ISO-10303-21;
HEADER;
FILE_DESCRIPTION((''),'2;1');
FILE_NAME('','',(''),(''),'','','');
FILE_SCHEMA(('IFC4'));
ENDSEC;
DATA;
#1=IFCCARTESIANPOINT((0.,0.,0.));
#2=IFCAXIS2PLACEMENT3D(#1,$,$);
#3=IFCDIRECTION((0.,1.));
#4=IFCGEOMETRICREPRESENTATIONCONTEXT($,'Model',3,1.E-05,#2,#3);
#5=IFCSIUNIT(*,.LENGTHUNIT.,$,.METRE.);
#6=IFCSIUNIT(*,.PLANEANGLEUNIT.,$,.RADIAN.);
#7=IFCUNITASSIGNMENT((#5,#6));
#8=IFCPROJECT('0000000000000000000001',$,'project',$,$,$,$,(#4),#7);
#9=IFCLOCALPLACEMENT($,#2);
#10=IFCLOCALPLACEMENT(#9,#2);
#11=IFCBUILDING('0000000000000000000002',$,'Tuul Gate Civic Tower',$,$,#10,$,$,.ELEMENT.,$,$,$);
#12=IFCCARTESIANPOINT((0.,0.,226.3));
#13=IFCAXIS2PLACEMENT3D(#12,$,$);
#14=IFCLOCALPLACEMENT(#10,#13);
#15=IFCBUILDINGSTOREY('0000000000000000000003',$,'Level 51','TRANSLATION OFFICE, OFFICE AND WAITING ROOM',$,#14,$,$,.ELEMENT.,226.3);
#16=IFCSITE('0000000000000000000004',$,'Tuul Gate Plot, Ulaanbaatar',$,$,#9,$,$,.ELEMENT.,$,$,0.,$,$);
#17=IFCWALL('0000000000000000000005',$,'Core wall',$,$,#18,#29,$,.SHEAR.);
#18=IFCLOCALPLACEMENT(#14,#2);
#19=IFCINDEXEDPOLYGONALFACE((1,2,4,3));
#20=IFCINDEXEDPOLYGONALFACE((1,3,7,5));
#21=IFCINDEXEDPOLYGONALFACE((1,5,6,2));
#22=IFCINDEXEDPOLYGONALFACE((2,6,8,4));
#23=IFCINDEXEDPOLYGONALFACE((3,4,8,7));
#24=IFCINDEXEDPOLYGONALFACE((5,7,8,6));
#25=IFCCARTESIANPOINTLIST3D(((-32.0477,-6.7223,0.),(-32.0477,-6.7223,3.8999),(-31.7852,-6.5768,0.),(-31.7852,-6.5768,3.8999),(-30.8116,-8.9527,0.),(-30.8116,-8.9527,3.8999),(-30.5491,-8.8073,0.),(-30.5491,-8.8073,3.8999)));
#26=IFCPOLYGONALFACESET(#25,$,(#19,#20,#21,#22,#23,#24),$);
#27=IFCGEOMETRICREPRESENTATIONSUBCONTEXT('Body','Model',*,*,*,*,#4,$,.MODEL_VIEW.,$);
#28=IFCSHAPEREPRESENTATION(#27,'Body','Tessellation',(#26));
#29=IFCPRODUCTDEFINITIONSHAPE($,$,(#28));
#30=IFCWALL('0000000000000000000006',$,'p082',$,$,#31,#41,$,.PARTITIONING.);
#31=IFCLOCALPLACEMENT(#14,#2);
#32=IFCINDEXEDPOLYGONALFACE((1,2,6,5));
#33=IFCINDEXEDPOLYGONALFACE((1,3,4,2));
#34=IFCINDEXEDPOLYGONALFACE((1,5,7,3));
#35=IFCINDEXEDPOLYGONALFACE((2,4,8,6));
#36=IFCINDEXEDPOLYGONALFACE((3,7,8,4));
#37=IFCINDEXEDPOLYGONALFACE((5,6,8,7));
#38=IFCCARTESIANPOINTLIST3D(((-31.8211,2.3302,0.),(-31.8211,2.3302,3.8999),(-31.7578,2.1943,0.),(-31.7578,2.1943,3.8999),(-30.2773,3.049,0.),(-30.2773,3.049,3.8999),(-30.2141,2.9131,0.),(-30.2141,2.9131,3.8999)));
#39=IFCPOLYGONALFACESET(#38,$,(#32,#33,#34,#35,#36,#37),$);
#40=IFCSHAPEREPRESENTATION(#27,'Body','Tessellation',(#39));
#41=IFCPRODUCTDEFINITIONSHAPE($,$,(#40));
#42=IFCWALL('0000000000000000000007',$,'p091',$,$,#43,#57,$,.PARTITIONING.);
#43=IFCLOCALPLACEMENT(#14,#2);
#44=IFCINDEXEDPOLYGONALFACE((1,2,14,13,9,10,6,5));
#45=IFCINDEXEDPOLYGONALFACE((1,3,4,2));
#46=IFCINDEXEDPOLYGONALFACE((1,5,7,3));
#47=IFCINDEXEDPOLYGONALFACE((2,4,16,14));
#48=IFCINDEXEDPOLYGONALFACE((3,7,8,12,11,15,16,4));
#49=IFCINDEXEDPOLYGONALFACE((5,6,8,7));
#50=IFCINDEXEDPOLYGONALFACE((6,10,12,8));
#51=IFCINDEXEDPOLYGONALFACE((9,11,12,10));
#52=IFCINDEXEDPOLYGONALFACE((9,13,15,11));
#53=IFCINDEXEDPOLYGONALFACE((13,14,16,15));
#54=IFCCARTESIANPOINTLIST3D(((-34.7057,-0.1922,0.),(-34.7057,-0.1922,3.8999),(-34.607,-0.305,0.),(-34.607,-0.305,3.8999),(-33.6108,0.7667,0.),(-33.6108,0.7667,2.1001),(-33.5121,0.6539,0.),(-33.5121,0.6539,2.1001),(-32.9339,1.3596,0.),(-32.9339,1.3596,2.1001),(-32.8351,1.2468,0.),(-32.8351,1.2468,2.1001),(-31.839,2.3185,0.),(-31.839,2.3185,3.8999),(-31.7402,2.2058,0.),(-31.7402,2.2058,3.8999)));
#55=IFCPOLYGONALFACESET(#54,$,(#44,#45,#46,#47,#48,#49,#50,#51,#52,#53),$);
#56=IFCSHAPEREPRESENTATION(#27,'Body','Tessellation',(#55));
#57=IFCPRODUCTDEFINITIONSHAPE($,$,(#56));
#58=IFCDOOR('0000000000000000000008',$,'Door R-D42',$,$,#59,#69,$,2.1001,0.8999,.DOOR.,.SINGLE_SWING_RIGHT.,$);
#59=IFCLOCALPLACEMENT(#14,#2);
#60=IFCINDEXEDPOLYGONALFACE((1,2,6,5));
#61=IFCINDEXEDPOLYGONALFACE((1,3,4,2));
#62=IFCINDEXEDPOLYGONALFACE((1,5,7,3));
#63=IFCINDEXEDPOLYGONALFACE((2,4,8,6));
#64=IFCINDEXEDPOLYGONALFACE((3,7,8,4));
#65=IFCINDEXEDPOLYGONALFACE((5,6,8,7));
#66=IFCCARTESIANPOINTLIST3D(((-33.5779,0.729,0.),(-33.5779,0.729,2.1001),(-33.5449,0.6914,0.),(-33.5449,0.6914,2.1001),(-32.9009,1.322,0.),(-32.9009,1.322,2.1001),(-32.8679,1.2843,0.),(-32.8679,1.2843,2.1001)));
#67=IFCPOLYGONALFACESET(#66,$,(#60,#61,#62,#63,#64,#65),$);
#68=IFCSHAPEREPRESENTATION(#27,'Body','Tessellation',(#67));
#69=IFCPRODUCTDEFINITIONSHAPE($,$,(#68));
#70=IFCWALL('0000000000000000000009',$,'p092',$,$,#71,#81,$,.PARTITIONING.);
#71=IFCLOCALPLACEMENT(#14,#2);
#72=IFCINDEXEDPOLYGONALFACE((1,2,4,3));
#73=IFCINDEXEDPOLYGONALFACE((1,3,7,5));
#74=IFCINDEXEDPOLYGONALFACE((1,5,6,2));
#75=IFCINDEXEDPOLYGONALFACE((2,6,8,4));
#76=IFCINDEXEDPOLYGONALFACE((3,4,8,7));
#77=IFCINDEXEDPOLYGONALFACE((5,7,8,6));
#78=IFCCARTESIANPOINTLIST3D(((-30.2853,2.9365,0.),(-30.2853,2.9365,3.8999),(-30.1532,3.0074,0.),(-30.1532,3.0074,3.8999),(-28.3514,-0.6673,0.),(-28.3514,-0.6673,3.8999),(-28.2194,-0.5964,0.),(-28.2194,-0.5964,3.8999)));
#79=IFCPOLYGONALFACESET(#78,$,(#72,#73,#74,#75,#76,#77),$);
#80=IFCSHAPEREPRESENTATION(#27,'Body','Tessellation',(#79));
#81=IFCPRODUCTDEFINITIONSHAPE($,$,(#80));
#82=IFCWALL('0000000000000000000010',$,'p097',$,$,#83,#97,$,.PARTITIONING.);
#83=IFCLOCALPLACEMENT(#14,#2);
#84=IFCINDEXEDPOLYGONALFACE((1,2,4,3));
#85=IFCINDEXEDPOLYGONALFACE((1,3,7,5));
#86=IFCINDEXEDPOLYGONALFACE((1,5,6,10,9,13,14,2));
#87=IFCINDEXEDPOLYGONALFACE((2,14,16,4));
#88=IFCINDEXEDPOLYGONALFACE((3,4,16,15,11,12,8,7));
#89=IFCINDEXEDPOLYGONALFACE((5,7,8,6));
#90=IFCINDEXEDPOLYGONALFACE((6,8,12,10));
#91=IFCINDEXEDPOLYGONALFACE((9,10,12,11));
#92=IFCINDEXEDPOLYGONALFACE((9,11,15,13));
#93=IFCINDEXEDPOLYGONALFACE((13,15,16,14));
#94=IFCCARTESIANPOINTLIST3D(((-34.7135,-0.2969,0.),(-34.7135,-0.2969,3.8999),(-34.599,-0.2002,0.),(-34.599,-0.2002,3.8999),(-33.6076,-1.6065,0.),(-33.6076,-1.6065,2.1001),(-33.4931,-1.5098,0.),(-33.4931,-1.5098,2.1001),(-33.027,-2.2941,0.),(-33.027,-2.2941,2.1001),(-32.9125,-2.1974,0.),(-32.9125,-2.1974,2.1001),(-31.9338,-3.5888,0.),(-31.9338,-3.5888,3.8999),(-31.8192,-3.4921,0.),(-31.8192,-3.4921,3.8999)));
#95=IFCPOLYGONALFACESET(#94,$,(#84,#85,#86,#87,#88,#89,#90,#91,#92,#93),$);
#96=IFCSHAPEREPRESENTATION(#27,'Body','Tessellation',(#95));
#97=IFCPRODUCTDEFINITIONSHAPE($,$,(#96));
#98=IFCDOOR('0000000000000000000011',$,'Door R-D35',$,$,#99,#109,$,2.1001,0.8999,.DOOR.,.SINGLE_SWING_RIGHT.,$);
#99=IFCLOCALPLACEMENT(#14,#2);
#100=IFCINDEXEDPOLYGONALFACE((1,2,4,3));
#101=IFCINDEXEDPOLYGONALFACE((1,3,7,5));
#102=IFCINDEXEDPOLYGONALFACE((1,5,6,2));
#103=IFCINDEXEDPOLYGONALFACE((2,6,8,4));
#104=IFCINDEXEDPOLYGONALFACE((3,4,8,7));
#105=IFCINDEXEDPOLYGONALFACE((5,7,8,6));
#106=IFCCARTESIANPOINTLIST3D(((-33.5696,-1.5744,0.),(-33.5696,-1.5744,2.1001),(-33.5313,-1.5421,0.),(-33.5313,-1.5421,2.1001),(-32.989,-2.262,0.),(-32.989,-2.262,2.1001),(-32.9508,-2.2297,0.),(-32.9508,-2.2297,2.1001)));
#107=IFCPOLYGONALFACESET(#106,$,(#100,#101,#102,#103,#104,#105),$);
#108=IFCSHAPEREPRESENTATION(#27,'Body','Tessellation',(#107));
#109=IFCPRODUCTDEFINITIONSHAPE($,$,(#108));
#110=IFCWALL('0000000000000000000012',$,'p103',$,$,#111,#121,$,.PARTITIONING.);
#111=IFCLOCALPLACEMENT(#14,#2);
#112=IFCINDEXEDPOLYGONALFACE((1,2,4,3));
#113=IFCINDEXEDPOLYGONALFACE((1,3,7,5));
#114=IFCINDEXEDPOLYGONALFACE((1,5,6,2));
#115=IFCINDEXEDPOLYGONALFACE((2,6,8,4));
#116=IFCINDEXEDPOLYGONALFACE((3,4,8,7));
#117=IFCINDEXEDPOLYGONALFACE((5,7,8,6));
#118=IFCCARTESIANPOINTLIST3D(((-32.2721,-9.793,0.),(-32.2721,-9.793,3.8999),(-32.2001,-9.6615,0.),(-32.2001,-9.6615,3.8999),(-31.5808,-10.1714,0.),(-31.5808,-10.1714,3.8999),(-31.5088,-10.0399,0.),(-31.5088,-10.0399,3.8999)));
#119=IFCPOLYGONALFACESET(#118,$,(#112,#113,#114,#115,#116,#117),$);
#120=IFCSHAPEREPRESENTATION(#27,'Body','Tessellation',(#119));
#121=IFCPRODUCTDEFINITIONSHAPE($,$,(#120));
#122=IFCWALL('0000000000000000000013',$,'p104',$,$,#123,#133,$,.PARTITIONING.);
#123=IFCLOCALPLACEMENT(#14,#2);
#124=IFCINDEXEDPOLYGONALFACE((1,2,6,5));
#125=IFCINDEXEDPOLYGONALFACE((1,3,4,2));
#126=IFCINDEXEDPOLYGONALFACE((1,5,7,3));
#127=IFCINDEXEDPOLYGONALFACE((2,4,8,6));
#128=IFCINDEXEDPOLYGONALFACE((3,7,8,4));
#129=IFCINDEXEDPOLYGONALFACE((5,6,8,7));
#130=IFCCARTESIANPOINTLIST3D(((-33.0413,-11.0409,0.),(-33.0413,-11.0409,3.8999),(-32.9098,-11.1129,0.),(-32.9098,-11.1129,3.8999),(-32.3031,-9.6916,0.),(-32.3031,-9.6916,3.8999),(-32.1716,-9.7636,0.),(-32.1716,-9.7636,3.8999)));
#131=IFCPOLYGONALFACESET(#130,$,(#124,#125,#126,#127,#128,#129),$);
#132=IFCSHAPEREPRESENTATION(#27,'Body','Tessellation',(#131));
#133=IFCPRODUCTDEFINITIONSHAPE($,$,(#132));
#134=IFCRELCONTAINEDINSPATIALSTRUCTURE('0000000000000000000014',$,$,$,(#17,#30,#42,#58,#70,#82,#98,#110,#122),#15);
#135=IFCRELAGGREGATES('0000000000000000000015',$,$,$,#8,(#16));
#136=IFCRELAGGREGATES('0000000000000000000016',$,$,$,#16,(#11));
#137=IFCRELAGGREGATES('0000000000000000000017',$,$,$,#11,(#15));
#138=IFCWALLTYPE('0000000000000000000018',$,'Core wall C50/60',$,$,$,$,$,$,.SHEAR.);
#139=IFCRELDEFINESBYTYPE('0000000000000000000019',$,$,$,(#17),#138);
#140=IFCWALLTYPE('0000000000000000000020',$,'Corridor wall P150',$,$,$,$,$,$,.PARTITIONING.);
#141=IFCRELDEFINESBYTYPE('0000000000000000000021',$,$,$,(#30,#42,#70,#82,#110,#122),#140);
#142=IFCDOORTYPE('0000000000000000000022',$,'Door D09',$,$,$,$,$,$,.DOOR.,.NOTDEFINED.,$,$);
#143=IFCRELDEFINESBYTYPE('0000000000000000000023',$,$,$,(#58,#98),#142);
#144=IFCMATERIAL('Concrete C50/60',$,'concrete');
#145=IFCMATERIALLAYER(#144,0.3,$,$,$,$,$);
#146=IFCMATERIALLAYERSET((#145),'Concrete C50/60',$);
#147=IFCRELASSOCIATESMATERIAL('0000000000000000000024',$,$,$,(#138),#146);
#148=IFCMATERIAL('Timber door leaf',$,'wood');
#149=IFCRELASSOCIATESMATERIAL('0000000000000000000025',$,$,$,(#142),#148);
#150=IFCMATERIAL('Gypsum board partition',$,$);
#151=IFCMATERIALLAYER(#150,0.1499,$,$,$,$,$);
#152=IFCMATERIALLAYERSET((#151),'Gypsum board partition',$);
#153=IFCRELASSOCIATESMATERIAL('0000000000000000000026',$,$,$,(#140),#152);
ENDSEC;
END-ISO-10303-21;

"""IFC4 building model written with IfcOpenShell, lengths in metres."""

from ifc_helpers import new_model, si_unit, direction, frame, frame_2d, origin, place, context, subcontext, project, spatial, rectangle, extrude, material, layer, layer_set, type_object, element, fill, save


model = new_model("IFC4")

# Units and contexts
model_context = context("Model", 3, precision=1e-05, world=origin(), true_north=direction((0.0, 1.0)))
body_context = subcontext(model_context, "Body", "Model", "MODEL_VIEW")
ifc_project = project(units=[si_unit("LENGTHUNIT", "METRE"), si_unit("PLANEANGLEUNIT", "RADIAN")], contexts=[model_context])

# Site, building, storey
site_placement = place(None, origin())
site = spatial("IfcSite", under=ifc_project, at=site_placement, Name="Tuul Gate Plot, Ulaanbaatar", CompositionType="ELEMENT", RefElevation=0.0)
building_placement = place(site_placement, origin())
building = spatial("IfcBuilding", under=site, at=building_placement, Name="Tuul Gate Civic Tower", CompositionType="ELEMENT")
storey_placement = place(building_placement, frame((0.0, 0.0, 226.3)))
storey = spatial("IfcBuildingStorey", under=building, at=storey_placement, Name="Level 51", Description="TRANSLATION OFFICE, OFFICE AND WAITING ROOM", CompositionType="ELEMENT", Elevation=226.3)

# Shared definitions
ifc_material_1 = material(Name="Concrete C50/60", Category="concrete")
ifc_layer_1 = layer(ifc_material_1, 0.3)
ifc_layer_set_1 = layer_set([ifc_layer_1], Name="Concrete C50/60")
wall_type_1 = type_object("IfcWallType", Name="Core wall C50/60", PredefinedType="SHEAR", material=ifc_layer_set_1)
ifc_material_2 = material(Name="Timber door leaf", Category="wood")
door_type_1 = type_object("IfcDoorType", Name="Door D09", OperationType="NOTDEFINED", PredefinedType="DOOR", material=ifc_material_2)

# Walls
wall_1_placement = place(storey_placement, frame((-30.6804, -8.8799, 0.0), z_axis=(0.0, 0.0, 1.0), x_axis=(-0.484724, 0.874667, 0.0)))
element("IfcWall", 1, at=wall_1_placement, inside=storey, type_object=wall_type_1, Name="Core wall", PredefinedType="SHEAR", context=body_context, shape_type="SweptSolid", body=[
    extrude(rectangle(XDim=2.55, YDim=0.3, at=frame_2d((1.2749, 0.0))), origin(), (0.0, 0.0, 1.0), 3.8999),
])
ifc_material_3 = material(Name="Gypsum board partition")
ifc_layer_2 = layer(ifc_material_3, 0.1499)
ifc_layer_set_2 = layer_set([ifc_layer_2], Name="Gypsum board partition")
wall_type_2 = type_object("IfcWallType", Name="Corridor wall P150", PredefinedType="PARTITIONING", material=ifc_layer_set_2)
wall_2_placement = place(storey_placement, frame((-31.7896, 2.2622, 0.0), z_axis=(0.0, 0.0, 1.0), x_axis=(0.906553, 0.422093, 0.0)))
element("IfcWall", 2, at=wall_2_placement, inside=storey, type_object=wall_type_2, Name="p082", PredefinedType="PARTITIONING", context=body_context, shape_type="SweptSolid", body=[
    extrude(rectangle(XDim=1.7029, YDim=0.1499, at=frame_2d((0.8516, 0.0))), origin(), (0.0, 0.0, 1.0), 3.8999),
])

# Wall, opening, door
wall_3_placement = place(storey_placement, frame((-34.6562, -0.2485, 0.0), z_axis=(0.0, 0.0, 1.0), x_axis=(0.752267, 0.658858, 0.0)))
wall_3 = element("IfcWall", 3, at=wall_3_placement, inside=storey, type_object=wall_type_2, Name="p091", PredefinedType="PARTITIONING", context=body_context, shape_type="SweptSolid", body=[
    extrude(rectangle(XDim=3.8108, YDim=0.1499, at=frame_2d((1.9053, 0.0))), origin(), (0.0, 0.0, 1.0), 3.8999),
])
opening_1_placement = place(wall_3_placement, frame((1.4553, 0.0, 0.0)))
opening_1 = element("IfcOpeningElement", 4, at=opening_1_placement, cuts=wall_3, PredefinedType="OPENING", context=body_context, shape_type="SweptSolid", body=[
    extrude(rectangle(XDim=0.8999, YDim=2.1001, at=frame_2d((0.45, 1.05))), frame((0.0, 0.085, 0.0), z_axis=(0.0, -1.0, 0.0), x_axis=(1.0, 0.0, 0.0)), (0.0, 0.0, 1.0), 0.1699),
])
door_1_placement = place(opening_1_placement, origin())
door_1 = element("IfcDoor", 5, at=door_1_placement, inside=storey, type_object=door_type_1, Name="Door R-D42", OperationType="SINGLE_SWING_RIGHT", OverallHeight=2.1001, OverallWidth=0.8999, PredefinedType="DOOR", context=body_context, shape_type="SweptSolid", body=[
    extrude(rectangle(XDim=0.8999, YDim=2.1001, at=frame_2d((0.45, 1.05))), frame((0.0, 0.0249, 0.0), z_axis=(0.0, -1.0, 0.0), x_axis=(1.0, 0.0, 0.0)), (0.0, 0.0, 1.0), 0.05),
])
fill(opening_1, door_1)

# Wall
wall_4_placement = place(storey_placement, frame((-30.2192, 2.9719, 0.0), z_axis=(0.0, 0.0, 1.0), x_axis=(0.472839, -0.881149, 0.0)))
element("IfcWall", 6, at=wall_4_placement, inside=storey, type_object=wall_type_2, Name="p092", PredefinedType="PARTITIONING", context=body_context, shape_type="SweptSolid", body=[
    extrude(rectangle(XDim=4.0898, YDim=0.1499, at=frame_2d((2.0449, 0.0))), origin(), (0.0, 0.0, 1.0), 3.8999),
])

# Wall, opening, door
wall_5_placement = place(storey_placement, frame((-34.6562, -0.2485, 0.0), z_axis=(0.0, 0.0, 1.0), x_axis=(0.645165, -0.764044, 0.0)))
wall_5 = element("IfcWall", 7, at=wall_5_placement, inside=storey, type_object=wall_type_2, Name="p097", PredefinedType="PARTITIONING", context=body_context, shape_type="SweptSolid", body=[
    extrude(rectangle(XDim=4.3086, YDim=0.1499, at=frame_2d((2.1543, 0.0))), origin(), (0.0, 0.0, 1.0), 3.8999),
])
opening_2_placement = place(wall_5_placement, frame((1.7141, 0.0, 0.0)))
opening_2 = element("IfcOpeningElement", 8, at=opening_2_placement, cuts=wall_5, PredefinedType="OPENING", context=body_context, shape_type="SweptSolid", body=[
    extrude(rectangle(XDim=0.8999, YDim=2.1001, at=frame_2d((0.45, 1.05))), frame((0.0, 0.085, 0.0), z_axis=(0.0, -1.0, 0.0), x_axis=(1.0, 0.0, 0.0)), (0.0, 0.0, 1.0), 0.1699),
])
door_2_placement = place(opening_2_placement, origin())
door_2 = element("IfcDoor", 9, at=door_2_placement, inside=storey, type_object=door_type_1, Name="Door R-D35", OperationType="SINGLE_SWING_RIGHT", OverallHeight=2.1001, OverallWidth=0.8999, PredefinedType="DOOR", context=body_context, shape_type="SweptSolid", body=[
    extrude(rectangle(XDim=0.8999, YDim=2.1001, at=frame_2d((0.45, 1.05))), frame((0.0, 0.0249, 0.0), z_axis=(0.0, -1.0, 0.0), x_axis=(1.0, 0.0, 0.0)), (0.0, 0.0, 1.0), 0.05),
])
fill(opening_2, door_2)

# Walls
wall_6_placement = place(storey_placement, frame((-32.2361, -9.7273, 0.0), z_axis=(0.0, 0.0, 1.0), x_axis=(0.877208, -0.48011, 0.0)))
element("IfcWall", 10, at=wall_6_placement, inside=storey, type_object=wall_type_2, Name="p103", PredefinedType="PARTITIONING", context=body_context, shape_type="SweptSolid", body=[
    extrude(rectangle(XDim=0.7881, YDim=0.1499, at=frame_2d((0.394, 0.0))), origin(), (0.0, 0.0, 1.0), 3.8999),
])
wall_7_placement = place(storey_placement, frame((-32.9756, -11.0769, 0.0), z_axis=(0.0, 0.0, 1.0), x_axis=(0.479986, 0.877276, 0.0)))
element("IfcWall", 11, at=wall_7_placement, inside=storey, type_object=wall_type_2, Name="p104", PredefinedType="PARTITIONING", context=body_context, shape_type="SweptSolid", body=[
    extrude(rectangle(XDim=1.5381, YDim=0.1499, at=frame_2d((0.769, 0.0))), origin(), (0.0, 0.0, 1.0), 3.8999),
])

save(model, "model.ifc")
